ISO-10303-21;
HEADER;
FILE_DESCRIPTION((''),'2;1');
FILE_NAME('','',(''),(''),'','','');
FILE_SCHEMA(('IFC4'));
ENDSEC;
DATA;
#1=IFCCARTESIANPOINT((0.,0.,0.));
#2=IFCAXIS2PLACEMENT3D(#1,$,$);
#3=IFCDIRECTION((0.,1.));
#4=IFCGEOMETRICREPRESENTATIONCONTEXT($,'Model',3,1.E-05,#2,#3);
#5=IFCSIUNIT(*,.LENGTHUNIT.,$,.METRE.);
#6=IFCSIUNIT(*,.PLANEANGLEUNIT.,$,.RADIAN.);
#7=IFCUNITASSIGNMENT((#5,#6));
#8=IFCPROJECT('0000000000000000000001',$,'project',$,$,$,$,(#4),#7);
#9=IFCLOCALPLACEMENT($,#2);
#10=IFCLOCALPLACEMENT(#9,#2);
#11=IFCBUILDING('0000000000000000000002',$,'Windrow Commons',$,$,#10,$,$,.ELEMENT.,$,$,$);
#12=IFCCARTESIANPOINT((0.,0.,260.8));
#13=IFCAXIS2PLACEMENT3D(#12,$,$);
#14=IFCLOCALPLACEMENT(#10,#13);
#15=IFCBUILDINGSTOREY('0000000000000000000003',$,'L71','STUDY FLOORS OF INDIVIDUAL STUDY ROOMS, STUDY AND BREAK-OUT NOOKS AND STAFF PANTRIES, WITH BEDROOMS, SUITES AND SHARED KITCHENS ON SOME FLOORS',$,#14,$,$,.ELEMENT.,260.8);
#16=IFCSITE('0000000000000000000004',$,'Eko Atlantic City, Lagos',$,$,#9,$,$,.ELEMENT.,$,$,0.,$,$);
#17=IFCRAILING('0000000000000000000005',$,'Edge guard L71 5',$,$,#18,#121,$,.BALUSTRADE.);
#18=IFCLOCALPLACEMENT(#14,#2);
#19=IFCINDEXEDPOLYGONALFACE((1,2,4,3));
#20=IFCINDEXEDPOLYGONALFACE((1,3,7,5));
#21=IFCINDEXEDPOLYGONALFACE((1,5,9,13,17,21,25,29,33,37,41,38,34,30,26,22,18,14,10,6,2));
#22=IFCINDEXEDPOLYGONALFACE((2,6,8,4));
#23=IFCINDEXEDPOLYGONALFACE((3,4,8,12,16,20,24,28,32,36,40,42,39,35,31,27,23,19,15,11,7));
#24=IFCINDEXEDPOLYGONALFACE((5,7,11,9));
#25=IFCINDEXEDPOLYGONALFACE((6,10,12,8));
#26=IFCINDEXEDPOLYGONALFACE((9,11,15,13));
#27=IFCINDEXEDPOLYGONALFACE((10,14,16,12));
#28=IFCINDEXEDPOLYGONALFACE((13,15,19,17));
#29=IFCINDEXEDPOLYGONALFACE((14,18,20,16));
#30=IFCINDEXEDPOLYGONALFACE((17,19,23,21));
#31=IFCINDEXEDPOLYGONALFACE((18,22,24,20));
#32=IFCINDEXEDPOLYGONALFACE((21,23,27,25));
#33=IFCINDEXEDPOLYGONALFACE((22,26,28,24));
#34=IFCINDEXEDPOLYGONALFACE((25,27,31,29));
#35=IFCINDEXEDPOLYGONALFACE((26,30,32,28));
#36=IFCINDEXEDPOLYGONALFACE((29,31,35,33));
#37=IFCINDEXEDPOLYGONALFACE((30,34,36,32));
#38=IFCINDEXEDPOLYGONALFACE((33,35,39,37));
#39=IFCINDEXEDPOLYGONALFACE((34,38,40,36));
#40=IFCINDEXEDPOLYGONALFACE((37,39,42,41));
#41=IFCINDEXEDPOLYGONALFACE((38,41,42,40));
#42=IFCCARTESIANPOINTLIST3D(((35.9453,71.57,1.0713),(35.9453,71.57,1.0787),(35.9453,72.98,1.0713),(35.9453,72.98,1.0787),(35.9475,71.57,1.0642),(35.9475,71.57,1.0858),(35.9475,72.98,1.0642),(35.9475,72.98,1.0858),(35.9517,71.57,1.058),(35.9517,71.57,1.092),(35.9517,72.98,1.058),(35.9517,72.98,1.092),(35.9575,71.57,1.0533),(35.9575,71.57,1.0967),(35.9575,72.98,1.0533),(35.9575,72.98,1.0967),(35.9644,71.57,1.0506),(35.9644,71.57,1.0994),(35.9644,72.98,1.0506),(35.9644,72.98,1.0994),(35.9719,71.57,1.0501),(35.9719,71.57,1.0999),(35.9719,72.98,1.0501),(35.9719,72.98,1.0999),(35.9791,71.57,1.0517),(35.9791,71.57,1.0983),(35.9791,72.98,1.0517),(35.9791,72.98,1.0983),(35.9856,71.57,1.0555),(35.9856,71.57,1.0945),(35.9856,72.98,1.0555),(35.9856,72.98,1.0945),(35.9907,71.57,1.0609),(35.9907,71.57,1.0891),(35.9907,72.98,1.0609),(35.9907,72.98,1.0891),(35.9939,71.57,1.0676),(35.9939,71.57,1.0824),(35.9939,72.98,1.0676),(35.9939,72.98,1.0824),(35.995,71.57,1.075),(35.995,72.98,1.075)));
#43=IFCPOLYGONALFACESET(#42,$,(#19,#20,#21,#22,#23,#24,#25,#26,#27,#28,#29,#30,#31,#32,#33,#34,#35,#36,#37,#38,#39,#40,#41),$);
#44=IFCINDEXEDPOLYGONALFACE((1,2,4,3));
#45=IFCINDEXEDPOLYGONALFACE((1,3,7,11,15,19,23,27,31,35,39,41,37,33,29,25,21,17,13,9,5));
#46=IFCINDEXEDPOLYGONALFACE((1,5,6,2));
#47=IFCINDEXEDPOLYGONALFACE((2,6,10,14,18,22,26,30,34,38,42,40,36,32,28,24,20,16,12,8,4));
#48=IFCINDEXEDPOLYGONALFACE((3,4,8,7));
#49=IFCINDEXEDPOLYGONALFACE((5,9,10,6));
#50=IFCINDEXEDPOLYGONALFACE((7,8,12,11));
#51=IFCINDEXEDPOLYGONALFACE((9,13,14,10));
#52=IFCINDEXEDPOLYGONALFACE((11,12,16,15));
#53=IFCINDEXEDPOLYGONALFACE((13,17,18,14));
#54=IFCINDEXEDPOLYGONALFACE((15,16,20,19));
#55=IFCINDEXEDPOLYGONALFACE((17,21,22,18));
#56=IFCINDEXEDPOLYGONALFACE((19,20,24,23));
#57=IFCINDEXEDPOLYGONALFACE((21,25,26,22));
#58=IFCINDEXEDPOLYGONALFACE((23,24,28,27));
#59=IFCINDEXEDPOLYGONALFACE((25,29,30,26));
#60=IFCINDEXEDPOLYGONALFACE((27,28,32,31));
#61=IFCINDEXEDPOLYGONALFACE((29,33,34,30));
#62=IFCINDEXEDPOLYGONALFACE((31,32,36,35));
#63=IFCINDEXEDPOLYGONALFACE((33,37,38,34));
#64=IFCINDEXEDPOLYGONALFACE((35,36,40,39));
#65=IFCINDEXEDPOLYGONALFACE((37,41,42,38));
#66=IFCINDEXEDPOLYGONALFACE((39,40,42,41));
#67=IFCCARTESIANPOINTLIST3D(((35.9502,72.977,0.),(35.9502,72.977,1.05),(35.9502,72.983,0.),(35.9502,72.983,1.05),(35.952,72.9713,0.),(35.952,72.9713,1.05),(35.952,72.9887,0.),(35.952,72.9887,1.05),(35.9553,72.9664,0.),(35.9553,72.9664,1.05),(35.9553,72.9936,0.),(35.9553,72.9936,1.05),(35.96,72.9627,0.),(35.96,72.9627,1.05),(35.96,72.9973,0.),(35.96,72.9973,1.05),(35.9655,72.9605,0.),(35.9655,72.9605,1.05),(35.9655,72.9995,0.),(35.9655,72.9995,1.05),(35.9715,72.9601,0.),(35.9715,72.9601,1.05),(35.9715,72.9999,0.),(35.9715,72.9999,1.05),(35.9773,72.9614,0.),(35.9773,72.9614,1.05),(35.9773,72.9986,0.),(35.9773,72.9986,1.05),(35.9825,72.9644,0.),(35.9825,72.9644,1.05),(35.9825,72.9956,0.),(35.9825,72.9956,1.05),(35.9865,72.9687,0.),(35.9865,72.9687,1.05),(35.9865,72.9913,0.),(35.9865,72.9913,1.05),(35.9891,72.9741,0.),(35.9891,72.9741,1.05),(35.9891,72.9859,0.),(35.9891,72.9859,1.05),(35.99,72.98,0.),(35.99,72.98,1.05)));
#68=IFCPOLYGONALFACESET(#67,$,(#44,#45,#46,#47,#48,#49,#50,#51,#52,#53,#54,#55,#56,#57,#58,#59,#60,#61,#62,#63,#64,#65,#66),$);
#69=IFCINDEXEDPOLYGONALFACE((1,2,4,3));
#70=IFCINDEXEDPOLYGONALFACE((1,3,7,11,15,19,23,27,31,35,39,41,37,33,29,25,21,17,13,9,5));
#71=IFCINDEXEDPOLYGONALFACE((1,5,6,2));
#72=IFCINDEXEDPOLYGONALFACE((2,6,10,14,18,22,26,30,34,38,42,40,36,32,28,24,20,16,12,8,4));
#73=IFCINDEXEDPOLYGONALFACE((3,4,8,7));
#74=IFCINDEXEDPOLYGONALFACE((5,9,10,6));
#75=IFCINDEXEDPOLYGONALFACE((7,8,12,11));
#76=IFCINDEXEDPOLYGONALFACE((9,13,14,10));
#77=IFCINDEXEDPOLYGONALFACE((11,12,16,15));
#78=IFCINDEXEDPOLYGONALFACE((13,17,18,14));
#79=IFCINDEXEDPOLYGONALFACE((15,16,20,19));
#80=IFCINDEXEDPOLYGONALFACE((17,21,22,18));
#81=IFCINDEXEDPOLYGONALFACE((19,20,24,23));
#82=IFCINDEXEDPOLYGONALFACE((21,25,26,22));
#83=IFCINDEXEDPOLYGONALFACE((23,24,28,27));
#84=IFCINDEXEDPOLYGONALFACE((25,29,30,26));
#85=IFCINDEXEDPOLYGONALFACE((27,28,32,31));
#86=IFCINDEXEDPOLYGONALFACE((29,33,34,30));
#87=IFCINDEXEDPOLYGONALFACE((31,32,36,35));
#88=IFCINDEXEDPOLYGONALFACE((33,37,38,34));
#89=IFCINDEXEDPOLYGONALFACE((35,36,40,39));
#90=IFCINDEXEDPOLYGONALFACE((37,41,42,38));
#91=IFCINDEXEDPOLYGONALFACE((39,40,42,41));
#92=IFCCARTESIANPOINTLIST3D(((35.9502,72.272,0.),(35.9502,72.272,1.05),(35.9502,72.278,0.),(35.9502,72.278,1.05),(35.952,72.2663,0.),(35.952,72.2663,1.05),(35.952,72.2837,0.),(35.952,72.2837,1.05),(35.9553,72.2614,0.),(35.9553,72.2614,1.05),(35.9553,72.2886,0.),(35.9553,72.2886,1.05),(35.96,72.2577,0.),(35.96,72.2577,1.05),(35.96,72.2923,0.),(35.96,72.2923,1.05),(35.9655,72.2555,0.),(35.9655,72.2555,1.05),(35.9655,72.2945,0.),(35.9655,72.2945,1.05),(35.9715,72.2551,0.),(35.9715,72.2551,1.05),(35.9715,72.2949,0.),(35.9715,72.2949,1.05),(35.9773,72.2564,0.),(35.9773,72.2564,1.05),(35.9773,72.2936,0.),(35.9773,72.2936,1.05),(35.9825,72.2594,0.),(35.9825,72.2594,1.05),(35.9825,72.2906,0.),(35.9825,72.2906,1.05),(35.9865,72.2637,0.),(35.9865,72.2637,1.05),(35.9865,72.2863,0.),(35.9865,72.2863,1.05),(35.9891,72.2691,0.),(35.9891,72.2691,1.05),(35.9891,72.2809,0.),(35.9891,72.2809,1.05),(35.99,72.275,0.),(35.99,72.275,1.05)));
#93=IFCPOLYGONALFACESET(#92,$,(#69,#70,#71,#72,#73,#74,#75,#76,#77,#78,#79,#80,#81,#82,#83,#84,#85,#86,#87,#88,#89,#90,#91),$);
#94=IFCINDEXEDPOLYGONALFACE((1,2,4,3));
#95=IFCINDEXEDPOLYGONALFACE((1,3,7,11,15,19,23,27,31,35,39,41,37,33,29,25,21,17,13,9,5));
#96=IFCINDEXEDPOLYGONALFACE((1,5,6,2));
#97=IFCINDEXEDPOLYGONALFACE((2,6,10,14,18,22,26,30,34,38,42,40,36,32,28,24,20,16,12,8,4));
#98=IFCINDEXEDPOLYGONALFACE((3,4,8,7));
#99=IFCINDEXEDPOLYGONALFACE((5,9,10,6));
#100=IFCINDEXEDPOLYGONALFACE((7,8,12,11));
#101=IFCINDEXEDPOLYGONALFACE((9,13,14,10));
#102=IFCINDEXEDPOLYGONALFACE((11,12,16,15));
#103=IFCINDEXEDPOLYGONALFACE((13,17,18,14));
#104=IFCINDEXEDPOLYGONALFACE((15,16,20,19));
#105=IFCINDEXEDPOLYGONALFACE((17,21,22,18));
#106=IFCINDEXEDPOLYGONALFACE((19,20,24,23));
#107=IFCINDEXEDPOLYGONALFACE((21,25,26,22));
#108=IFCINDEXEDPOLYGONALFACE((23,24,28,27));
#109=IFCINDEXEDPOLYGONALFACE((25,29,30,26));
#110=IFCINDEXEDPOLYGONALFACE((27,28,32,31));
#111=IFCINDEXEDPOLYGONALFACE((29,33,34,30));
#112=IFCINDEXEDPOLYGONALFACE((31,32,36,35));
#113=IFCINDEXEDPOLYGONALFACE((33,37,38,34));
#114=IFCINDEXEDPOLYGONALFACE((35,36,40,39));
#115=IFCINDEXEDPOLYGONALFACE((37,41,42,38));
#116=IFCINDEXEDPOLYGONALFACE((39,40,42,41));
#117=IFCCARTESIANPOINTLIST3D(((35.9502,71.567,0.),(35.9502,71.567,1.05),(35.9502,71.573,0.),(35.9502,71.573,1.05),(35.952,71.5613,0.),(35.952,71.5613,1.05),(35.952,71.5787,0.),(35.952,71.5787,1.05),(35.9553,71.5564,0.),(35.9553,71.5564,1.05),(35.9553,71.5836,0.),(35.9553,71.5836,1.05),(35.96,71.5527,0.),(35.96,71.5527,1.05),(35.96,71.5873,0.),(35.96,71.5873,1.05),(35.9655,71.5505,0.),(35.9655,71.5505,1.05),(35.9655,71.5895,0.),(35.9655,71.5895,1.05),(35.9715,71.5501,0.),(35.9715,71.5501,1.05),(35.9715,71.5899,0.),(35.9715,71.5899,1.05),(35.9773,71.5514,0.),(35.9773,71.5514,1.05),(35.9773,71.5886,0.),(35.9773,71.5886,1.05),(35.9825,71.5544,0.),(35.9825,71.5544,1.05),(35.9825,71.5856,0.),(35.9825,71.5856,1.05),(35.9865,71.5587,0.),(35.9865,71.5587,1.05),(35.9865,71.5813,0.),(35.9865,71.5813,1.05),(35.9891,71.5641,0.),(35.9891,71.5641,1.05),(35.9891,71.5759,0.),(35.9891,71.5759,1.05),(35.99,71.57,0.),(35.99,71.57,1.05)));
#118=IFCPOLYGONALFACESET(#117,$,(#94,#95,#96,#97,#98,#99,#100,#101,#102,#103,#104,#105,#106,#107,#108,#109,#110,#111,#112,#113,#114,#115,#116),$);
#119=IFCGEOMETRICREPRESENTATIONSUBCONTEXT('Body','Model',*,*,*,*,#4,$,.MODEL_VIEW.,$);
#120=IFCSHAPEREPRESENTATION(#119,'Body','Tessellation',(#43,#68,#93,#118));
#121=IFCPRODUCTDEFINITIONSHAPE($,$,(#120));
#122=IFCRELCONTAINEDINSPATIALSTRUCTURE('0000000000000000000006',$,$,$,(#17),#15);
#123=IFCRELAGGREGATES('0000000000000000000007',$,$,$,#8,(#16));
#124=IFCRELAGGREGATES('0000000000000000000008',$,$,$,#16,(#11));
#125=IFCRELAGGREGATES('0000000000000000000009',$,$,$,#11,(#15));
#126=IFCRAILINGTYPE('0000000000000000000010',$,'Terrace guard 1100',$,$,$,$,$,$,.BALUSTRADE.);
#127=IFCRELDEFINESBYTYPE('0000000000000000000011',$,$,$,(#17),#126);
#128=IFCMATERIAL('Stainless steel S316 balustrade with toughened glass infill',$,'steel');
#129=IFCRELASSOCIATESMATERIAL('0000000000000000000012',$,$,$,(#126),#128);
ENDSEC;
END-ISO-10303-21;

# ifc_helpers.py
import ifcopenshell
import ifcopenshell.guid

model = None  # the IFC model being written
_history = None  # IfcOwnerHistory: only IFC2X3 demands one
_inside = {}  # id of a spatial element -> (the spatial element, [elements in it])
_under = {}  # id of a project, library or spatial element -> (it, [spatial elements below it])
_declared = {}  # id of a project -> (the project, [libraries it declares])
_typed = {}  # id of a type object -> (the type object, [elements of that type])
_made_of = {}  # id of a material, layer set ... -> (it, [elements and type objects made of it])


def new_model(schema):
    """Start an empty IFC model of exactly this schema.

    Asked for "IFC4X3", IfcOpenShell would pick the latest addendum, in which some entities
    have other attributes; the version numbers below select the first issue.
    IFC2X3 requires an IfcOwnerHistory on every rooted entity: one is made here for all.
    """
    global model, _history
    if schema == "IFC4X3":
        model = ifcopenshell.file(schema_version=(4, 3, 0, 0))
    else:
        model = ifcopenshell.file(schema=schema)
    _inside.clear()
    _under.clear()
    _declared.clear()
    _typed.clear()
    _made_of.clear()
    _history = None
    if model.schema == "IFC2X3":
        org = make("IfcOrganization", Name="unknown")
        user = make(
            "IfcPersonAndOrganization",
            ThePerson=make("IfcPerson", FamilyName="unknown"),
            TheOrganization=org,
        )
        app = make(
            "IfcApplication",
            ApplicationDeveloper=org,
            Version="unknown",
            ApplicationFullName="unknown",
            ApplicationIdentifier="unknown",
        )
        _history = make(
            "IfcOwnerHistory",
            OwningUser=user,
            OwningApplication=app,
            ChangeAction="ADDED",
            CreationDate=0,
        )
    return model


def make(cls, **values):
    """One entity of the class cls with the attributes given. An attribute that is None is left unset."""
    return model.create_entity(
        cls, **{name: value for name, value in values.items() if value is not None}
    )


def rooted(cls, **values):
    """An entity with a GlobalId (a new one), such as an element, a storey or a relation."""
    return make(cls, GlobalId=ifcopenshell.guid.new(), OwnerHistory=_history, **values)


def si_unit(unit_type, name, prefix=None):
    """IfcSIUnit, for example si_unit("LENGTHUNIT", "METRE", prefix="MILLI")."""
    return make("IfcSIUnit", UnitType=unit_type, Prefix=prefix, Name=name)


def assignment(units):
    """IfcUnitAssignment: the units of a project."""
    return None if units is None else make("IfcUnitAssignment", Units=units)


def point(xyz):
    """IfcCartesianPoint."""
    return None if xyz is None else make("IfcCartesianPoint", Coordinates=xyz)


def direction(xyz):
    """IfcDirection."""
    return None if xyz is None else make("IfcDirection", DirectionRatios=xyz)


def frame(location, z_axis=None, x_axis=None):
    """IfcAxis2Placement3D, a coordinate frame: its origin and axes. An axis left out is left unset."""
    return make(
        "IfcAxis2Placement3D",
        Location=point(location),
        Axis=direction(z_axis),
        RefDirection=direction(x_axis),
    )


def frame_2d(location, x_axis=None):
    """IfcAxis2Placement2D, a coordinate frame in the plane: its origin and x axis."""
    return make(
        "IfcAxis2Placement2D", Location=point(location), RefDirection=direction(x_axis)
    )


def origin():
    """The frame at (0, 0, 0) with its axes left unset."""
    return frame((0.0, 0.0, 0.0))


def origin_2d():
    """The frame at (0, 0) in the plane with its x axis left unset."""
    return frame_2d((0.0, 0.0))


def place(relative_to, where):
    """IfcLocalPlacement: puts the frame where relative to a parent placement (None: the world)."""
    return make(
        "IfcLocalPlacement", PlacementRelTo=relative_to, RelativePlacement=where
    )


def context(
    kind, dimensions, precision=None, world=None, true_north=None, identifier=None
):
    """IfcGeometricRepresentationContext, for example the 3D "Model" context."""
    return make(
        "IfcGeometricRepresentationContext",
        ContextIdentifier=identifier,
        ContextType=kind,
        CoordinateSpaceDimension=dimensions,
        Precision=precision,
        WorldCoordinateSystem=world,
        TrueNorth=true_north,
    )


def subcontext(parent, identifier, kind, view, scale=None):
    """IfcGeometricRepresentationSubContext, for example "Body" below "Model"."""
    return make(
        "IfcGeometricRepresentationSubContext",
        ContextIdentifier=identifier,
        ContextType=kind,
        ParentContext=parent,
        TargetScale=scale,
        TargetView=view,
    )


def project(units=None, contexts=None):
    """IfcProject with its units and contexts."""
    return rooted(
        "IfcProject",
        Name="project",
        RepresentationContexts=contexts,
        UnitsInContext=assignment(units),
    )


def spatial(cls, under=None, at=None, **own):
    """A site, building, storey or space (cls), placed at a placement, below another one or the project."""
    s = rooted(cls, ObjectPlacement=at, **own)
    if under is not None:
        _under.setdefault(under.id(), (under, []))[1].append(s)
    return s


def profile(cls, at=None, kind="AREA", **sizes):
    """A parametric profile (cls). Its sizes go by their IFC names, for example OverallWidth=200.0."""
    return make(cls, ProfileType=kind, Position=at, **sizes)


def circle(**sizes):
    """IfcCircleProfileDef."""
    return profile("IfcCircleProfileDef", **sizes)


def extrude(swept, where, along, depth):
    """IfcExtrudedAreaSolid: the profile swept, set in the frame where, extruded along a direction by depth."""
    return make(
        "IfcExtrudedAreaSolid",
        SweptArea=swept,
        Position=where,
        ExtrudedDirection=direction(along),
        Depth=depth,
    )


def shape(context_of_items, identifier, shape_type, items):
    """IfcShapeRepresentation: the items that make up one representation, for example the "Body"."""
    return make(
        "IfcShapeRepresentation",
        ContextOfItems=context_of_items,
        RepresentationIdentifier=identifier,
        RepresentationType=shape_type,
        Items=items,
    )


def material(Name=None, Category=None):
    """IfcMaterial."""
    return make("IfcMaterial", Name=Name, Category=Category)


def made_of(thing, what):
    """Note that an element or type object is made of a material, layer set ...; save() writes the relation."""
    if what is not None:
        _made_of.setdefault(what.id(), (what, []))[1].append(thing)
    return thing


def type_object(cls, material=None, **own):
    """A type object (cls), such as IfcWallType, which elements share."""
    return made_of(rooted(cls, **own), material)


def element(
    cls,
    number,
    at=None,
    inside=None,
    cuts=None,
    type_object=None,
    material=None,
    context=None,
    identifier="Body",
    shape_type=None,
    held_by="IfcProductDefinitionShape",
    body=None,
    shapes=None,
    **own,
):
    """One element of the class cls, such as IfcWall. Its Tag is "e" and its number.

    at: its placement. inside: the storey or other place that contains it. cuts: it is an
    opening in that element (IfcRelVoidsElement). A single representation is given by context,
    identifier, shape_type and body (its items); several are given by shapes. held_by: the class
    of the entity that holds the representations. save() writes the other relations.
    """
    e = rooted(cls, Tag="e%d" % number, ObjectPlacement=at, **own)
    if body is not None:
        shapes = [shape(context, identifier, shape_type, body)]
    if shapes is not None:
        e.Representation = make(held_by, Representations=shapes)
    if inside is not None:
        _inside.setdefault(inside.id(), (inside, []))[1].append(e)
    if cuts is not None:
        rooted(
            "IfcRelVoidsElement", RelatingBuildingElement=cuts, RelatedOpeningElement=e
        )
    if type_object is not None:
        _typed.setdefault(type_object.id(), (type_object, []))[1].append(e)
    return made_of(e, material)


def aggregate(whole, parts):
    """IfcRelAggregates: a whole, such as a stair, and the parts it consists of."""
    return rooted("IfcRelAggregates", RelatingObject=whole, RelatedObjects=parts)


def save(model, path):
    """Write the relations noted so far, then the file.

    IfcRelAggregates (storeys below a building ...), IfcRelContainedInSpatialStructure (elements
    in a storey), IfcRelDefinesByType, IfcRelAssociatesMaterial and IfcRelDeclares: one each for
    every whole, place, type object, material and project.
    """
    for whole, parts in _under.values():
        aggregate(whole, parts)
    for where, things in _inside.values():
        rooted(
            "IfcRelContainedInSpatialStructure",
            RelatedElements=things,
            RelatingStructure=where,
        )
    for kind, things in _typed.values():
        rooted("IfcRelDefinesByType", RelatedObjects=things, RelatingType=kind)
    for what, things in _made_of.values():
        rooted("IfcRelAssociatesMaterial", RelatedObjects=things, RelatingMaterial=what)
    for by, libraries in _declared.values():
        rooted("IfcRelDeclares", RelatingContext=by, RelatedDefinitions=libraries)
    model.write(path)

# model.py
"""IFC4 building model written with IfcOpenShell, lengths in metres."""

from ifc_helpers import new_model, si_unit, direction, frame, origin, origin_2d, place, context, subcontext, project, spatial, circle, extrude, material, type_object, element, save


model = new_model("IFC4")

# Units and contexts
model_context = context("Model", 3, precision=1e-05, world=origin(), true_north=direction((0.0, 1.0)))
body_context = subcontext(model_context, "Body", "Model", "MODEL_VIEW")
ifc_project = project(units=[si_unit("LENGTHUNIT", "METRE"), si_unit("PLANEANGLEUNIT", "RADIAN")], contexts=[model_context])

# Site, building, storey
site_placement = place(None, origin())
site = spatial("IfcSite", under=ifc_project, at=site_placement, Name="Eko Atlantic City, Lagos", CompositionType="ELEMENT", RefElevation=0.0)
building_placement = place(site_placement, origin())
building = spatial("IfcBuilding", under=site, at=building_placement, Name="Windrow Commons", CompositionType="ELEMENT")
storey_placement = place(building_placement, frame((0.0, 0.0, 260.8)))
storey = spatial("IfcBuildingStorey", under=building, at=storey_placement, Name="L71", Description="STUDY FLOORS OF INDIVIDUAL STUDY ROOMS, STUDY AND BREAK-OUT NOOKS AND STAFF PANTRIES, WITH BEDROOMS, SUITES AND SHARED KITCHENS ON SOME FLOORS", CompositionType="ELEMENT", Elevation=260.8)

# Railing
ifc_material_1 = material(Name="Stainless steel S316 balustrade with toughened glass infill", Category="steel")
railing_type_1 = type_object("IfcRailingType", Name="Terrace guard 1100", PredefinedType="BALUSTRADE", material=ifc_material_1)
railing_1_placement = place(storey_placement, frame((35.97, 72.98, 0.0)))
element("IfcRailing", 1, at=railing_1_placement, inside=storey, type_object=railing_type_1, Name="Edge guard L71 5", PredefinedType="BALUSTRADE", context=body_context, shape_type="SweptSolid", body=[
    extrude(circle(Radius=0.025, at=origin_2d()), frame((0.0, 0.0, 1.075), z_axis=(0.0, -1.0, 0.0), x_axis=(1.0, 0.0, 0.0)), (0.0, 0.0, 1.0), 1.41),
    extrude(circle(Radius=0.02, at=origin_2d()), origin(), (0.0, 0.0, 1.0), 1.05),
    extrude(circle(Radius=0.02, at=origin_2d()), frame((0.0, -0.705, 0.0)), (0.0, 0.0, 1.0), 1.05),
    extrude(circle(Radius=0.02, at=origin_2d()), frame((0.0, -1.41, 0.0)), (0.0, 0.0, 1.0), 1.05),
])

save(model, "model.ifc")
